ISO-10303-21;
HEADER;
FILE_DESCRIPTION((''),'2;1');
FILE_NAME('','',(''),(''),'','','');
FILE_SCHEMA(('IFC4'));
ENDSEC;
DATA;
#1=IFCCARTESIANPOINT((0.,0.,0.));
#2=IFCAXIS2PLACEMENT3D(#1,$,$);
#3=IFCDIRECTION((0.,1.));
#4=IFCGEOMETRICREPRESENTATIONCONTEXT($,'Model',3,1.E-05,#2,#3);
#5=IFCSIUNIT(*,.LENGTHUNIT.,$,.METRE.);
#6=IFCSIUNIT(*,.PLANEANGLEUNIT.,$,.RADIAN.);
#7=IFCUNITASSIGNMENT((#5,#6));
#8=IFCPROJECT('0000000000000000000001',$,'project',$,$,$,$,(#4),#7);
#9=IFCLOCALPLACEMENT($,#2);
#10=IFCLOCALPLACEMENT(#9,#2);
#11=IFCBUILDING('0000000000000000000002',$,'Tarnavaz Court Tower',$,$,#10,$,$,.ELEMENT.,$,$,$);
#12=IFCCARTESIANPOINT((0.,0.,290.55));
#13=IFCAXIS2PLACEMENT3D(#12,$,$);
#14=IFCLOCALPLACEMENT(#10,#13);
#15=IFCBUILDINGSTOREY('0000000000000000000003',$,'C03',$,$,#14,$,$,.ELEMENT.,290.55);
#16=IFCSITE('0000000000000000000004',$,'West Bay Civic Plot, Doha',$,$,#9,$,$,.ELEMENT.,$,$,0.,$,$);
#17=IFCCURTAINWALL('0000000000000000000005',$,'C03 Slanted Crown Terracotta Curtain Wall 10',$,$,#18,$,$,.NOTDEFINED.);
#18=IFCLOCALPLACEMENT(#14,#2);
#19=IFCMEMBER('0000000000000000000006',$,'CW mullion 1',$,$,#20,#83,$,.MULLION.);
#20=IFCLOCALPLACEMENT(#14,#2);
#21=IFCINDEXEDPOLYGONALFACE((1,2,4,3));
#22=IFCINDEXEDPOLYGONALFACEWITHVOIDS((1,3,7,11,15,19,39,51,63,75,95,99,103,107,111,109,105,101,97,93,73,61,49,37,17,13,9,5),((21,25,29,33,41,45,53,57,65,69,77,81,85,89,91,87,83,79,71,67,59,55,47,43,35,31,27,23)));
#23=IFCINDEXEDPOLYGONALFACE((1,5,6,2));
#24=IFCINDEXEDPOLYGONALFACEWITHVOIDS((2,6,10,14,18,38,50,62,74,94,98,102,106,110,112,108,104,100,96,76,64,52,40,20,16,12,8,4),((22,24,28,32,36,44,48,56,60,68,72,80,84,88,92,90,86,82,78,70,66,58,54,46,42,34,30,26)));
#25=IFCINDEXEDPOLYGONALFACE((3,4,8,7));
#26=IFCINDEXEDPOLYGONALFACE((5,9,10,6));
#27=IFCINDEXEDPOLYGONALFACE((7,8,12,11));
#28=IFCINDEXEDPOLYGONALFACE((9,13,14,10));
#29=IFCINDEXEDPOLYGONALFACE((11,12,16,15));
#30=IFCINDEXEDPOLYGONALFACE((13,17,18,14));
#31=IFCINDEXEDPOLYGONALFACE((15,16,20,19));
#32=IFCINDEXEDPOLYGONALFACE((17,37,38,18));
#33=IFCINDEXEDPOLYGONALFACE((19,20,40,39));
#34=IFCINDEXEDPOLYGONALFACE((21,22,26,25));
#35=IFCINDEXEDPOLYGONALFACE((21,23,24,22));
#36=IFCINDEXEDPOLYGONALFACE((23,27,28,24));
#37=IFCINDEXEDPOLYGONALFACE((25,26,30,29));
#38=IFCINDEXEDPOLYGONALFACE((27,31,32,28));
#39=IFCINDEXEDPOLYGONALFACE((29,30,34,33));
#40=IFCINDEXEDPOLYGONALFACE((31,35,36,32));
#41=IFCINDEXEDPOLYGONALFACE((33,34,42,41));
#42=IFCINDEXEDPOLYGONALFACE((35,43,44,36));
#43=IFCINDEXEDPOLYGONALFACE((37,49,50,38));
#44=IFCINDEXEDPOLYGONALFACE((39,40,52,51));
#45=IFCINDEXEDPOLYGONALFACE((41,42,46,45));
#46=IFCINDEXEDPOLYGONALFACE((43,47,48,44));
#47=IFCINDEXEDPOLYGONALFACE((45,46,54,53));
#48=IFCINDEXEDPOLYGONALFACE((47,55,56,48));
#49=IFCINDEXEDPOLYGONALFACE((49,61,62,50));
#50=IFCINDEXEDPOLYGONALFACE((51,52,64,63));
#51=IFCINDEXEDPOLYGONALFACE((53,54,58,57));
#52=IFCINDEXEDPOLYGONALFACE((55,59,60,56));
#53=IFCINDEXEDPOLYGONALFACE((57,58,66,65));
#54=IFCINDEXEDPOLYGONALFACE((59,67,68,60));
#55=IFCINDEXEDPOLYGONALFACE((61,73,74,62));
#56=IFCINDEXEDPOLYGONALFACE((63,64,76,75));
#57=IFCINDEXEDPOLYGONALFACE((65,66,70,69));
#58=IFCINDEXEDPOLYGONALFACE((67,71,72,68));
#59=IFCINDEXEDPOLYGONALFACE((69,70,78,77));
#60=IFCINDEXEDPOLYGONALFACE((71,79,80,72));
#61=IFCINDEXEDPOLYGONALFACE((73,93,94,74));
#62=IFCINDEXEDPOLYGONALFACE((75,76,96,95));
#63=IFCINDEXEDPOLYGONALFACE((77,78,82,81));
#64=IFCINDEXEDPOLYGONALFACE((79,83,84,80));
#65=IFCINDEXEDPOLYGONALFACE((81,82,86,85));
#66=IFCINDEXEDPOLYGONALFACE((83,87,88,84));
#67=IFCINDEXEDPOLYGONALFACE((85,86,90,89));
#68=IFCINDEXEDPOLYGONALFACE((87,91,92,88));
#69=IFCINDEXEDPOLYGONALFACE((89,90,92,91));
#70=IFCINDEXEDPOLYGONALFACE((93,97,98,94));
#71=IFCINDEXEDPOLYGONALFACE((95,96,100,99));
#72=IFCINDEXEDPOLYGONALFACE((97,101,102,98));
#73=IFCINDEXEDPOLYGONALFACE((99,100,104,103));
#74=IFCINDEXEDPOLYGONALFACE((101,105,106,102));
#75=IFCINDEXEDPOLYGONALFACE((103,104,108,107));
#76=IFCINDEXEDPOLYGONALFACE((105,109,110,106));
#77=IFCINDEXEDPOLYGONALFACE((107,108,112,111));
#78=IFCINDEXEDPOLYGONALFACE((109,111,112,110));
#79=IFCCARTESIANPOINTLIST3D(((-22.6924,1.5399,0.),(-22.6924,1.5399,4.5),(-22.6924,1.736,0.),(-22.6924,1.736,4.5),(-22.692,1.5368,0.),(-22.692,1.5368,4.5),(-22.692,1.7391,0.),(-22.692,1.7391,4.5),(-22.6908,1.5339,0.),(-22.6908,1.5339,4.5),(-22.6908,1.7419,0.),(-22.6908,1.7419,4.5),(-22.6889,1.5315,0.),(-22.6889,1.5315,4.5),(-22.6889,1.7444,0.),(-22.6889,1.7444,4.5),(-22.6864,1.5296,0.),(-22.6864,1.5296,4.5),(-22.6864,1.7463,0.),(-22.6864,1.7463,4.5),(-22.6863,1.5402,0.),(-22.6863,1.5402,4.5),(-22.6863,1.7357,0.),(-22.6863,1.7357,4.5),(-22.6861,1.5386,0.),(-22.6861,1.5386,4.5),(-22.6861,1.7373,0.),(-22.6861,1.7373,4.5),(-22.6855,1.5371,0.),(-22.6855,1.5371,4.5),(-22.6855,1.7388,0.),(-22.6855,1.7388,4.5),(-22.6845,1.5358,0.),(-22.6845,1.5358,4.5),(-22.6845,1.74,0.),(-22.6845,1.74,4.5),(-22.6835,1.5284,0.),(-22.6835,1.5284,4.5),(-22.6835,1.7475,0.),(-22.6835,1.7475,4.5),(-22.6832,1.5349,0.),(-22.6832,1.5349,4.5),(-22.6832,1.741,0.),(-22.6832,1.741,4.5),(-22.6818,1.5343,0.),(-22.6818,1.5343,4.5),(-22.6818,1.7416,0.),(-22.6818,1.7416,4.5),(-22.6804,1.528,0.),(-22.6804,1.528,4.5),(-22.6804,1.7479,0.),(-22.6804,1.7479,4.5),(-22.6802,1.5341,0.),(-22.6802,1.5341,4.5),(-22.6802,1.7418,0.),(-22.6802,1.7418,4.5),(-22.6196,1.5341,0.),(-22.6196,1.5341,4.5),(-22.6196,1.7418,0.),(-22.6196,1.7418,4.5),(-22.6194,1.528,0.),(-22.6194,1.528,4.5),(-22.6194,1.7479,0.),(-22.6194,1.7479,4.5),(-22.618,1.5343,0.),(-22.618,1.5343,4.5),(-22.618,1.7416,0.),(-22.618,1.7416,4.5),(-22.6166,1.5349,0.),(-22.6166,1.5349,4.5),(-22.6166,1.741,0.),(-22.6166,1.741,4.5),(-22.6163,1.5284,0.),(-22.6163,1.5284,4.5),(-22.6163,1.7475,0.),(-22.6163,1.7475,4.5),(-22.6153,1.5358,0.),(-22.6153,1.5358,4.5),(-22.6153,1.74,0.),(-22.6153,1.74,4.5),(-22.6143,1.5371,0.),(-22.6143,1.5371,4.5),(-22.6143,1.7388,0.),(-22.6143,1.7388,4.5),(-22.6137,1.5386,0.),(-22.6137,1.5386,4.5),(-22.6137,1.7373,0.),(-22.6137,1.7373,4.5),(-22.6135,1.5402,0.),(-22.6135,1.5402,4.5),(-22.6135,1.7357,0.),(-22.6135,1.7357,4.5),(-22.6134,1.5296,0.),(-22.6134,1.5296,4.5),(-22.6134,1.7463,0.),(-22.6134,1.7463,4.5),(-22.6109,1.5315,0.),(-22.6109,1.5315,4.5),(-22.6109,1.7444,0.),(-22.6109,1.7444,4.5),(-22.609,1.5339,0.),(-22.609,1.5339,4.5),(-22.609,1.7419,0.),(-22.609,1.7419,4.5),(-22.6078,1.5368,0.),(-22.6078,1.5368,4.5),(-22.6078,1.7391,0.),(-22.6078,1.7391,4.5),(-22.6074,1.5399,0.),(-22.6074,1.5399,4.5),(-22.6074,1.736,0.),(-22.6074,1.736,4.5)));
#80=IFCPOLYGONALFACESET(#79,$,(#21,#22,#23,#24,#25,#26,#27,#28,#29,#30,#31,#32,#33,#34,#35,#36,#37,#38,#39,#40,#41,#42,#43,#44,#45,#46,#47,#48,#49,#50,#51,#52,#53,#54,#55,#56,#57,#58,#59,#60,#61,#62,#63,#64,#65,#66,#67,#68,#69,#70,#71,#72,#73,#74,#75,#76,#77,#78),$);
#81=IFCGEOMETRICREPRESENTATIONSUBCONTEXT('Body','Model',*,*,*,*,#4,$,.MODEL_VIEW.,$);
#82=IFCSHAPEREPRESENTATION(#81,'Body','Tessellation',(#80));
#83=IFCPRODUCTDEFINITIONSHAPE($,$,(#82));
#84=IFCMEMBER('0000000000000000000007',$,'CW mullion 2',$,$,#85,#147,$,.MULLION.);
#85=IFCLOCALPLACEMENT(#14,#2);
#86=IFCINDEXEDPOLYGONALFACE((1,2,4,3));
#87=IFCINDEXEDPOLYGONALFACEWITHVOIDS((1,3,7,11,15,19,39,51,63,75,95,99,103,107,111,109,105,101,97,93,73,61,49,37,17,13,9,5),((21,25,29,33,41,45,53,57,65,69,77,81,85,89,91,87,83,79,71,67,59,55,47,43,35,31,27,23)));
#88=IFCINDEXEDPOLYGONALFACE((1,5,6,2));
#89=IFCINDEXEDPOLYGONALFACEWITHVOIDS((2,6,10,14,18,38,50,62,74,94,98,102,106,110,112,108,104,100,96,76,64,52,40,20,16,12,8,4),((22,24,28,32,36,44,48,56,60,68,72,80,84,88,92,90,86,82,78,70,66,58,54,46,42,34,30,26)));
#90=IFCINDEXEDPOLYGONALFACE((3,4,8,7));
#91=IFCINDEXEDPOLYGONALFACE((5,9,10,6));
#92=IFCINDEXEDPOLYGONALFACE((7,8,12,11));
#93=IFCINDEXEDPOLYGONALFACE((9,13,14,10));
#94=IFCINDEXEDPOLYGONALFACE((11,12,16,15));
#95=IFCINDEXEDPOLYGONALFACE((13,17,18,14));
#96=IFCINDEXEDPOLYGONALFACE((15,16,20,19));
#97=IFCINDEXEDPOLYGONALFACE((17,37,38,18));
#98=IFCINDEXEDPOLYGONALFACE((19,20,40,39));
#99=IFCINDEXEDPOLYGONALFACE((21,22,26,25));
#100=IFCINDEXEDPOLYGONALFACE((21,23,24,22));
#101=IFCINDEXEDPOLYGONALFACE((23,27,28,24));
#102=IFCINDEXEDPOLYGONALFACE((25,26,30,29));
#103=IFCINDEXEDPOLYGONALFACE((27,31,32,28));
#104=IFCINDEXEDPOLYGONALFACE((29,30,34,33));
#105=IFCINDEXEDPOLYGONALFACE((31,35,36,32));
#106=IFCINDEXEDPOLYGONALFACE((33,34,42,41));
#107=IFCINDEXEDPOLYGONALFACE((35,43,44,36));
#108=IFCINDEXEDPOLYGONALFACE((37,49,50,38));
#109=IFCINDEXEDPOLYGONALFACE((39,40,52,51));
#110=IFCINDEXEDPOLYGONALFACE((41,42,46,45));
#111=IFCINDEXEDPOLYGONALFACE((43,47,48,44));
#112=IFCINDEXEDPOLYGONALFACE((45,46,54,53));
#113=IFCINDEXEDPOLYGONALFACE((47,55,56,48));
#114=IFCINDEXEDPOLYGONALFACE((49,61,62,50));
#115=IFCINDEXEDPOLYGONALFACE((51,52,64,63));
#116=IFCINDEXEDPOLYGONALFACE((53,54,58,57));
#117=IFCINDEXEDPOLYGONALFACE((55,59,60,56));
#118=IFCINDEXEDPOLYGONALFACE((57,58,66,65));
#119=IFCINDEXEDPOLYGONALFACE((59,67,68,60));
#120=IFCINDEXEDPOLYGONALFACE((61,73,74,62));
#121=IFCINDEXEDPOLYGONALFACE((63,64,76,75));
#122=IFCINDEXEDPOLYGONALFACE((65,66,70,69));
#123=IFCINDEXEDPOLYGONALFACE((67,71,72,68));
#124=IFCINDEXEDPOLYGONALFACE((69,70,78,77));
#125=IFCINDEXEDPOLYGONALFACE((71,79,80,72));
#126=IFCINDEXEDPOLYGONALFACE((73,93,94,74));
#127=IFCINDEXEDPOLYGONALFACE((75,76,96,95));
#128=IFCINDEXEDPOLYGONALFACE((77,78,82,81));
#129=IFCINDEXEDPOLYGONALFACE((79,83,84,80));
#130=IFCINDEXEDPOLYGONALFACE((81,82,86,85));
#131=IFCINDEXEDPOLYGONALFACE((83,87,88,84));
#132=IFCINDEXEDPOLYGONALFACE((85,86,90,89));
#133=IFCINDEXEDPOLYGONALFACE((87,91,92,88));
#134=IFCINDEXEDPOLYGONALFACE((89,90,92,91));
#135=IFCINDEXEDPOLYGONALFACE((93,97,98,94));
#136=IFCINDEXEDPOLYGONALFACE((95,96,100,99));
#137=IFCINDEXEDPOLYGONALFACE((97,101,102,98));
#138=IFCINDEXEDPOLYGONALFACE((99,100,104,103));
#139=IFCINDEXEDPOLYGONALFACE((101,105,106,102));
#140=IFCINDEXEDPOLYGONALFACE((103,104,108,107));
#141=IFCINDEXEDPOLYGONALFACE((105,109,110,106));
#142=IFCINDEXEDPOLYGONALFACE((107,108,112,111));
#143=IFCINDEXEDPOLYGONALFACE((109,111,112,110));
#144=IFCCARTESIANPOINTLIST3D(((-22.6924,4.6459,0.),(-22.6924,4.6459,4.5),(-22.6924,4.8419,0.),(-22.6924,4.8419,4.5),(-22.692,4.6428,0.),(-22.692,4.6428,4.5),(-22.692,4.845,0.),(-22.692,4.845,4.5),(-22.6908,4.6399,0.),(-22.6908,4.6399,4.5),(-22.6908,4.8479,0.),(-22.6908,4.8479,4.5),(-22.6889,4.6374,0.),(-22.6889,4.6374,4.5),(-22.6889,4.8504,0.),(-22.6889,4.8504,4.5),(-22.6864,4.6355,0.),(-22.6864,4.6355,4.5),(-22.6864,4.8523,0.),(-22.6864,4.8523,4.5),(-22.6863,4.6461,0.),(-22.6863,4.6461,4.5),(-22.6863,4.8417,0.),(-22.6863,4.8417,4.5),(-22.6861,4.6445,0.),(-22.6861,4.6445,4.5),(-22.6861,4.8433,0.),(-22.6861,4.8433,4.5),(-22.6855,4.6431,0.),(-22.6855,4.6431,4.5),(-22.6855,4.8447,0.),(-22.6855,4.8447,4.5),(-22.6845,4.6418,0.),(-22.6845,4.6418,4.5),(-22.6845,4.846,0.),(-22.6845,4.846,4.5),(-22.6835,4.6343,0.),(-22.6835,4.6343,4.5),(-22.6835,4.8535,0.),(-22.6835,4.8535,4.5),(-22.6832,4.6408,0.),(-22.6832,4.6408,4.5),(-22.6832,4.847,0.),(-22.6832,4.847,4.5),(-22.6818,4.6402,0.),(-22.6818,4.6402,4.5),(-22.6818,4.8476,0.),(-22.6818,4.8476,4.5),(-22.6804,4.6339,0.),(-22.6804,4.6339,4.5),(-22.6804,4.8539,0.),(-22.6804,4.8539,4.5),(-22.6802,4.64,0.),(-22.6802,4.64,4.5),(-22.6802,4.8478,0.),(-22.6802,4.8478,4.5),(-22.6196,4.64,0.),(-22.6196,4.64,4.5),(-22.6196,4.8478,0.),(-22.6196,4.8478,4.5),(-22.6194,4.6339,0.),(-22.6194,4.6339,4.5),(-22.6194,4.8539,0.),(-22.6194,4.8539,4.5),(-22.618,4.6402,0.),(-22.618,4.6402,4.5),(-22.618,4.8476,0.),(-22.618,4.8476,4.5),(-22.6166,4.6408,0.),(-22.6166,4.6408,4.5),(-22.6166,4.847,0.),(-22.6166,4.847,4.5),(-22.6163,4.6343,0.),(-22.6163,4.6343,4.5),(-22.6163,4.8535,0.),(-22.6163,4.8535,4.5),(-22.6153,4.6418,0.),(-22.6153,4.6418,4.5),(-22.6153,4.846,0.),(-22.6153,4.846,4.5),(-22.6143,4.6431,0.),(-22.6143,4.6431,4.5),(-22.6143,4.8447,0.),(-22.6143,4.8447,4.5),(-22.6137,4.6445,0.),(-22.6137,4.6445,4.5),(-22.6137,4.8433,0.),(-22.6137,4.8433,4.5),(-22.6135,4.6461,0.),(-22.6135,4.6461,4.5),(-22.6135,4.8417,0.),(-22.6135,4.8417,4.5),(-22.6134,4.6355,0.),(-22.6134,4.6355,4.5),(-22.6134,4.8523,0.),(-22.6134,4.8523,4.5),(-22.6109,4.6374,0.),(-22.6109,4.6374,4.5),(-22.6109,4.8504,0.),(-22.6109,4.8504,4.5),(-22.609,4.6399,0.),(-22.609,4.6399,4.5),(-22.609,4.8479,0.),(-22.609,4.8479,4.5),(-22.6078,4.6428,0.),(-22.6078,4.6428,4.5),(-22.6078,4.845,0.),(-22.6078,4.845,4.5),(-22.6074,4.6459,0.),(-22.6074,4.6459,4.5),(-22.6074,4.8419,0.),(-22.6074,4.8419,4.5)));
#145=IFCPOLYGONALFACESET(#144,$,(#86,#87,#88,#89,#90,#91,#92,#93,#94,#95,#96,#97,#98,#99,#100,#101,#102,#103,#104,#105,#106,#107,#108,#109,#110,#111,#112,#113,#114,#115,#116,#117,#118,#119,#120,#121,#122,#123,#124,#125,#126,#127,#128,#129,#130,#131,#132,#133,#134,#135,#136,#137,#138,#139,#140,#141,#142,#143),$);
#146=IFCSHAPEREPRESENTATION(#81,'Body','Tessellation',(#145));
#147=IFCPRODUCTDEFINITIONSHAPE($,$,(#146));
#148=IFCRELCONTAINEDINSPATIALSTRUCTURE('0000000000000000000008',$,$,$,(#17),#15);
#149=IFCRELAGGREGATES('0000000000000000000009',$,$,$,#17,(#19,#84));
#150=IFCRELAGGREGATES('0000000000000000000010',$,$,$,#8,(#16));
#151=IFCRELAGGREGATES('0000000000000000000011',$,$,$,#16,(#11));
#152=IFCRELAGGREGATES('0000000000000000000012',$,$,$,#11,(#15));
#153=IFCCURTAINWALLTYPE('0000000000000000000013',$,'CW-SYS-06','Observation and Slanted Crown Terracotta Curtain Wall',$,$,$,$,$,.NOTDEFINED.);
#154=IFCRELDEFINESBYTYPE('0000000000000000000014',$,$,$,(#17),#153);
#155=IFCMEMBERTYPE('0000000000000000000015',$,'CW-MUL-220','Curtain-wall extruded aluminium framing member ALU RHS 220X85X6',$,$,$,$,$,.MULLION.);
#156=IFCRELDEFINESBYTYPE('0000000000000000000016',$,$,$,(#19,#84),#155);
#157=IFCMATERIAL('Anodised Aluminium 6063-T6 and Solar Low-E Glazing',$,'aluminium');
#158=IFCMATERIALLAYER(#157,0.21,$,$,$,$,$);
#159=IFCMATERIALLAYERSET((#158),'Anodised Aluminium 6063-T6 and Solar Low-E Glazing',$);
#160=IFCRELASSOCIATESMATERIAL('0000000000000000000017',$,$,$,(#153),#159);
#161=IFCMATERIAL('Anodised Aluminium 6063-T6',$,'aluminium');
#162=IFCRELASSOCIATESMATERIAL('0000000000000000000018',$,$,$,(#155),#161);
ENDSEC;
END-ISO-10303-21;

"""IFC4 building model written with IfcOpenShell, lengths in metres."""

from ifc_helpers import new_model, si_unit, direction, frame, origin, origin_2d, place, context, subcontext, project, spatial, hollow_rectangle, extrude, material, layer, layer_set, material_profile, profile_set, type_object, element, aggregate, save


model = new_model("IFC4")

# Units and contexts
model_context = context("Model", 3, precision=1e-05, world=origin(), true_north=direction((0.0, 1.0)))
body_context = subcontext(model_context, "Body", "Model", "MODEL_VIEW")
ifc_project = project(units=[si_unit("LENGTHUNIT", "METRE"), si_unit("PLANEANGLEUNIT", "RADIAN")], contexts=[model_context])

# Site, building, storey
site_placement = place(None, origin())
site = spatial("IfcSite", under=ifc_project, at=site_placement, Name="West Bay Civic Plot, Doha", CompositionType="ELEMENT", RefElevation=0.0)
building_placement = place(site_placement, origin())
building = spatial("IfcBuilding", under=site, at=building_placement, Name="Tarnavaz Court Tower", CompositionType="ELEMENT")
storey_placement = place(building_placement, frame((0.0, 0.0, 290.55)))
storey = spatial("IfcBuildingStorey", under=building, at=storey_placement, Name="C03", CompositionType="ELEMENT", Elevation=290.55)

# Shared definitions
ifc_material_1 = material(Name="Anodised Aluminium 6063-T6 and Solar Low-E Glazing", Category="aluminium")
ifc_layer_1 = layer(ifc_material_1, 0.21)
ifc_layer_set_1 = layer_set([ifc_layer_1], Name="Anodised Aluminium 6063-T6 and Solar Low-E Glazing")
curtain_wall_type = type_object("IfcCurtainWallType", Name="CW-SYS-06", Description="Observation and Slanted Crown Terracotta Curtain Wall", PredefinedType="NOTDEFINED", material=ifc_layer_set_1)
ifc_material_2 = material(Name="Anodised Aluminium 6063-T6", Category="aluminium")
ifc_material_profile_1 = material_profile(ifc_material_2, hollow_rectangle(XDim=0.085, YDim=0.22, WallThickness=0.0061, InnerFilletRadius=0.0061, OuterFilletRadius=0.012, at=origin_2d()), Name="ALU RHS 220X85X6")
ifc_profile_set_1 = profile_set([ifc_material_profile_1], Name="Anodised Aluminium 6063-T6")
member_type_1 = type_object("IfcMemberType", Name="CW-MUL-220", Description="Curtain-wall extruded aluminium framing member ALU RHS 220X85X6", PredefinedType="MULLION", material=ifc_profile_set_1)

# Curtain wall, members
curtain_wall_1_placement = place(storey_placement, origin())
curtain_wall_1 = element("IfcCurtainWall", 1, at=curtain_wall_1_placement, inside=storey, type_object=curtain_wall_type, Name="C03 Slanted Crown Terracotta Curtain Wall 10", PredefinedType="NOTDEFINED")
member_1_placement = place(storey_placement, frame((-22.6499, 1.6379, 0.0), z_axis=(0.0, 0.0, 1.0), x_axis=(-1.0, 0.0, 0.0)))
member_1 = element("IfcMember", 2, at=member_1_placement, type_object=member_type_1, Name="CW mullion 1", PredefinedType="MULLION", context=body_context, shape_type="SweptSolid", body=[
    extrude(hollow_rectangle(XDim=0.085, YDim=0.22, WallThickness=0.0061, InnerFilletRadius=0.0061, OuterFilletRadius=0.012, at=origin_2d()), origin(), (0.0, 0.0, 1.0), 4.5),
])
member_2_placement = place(storey_placement, frame((-22.6499, 4.7439, 0.0), z_axis=(0.0, 0.0, 1.0), x_axis=(-1.0, 0.0, 0.0)))
member_2 = element("IfcMember", 3, at=member_2_placement, type_object=member_type_1, Name="CW mullion 2", PredefinedType="MULLION", context=body_context, shape_type="SweptSolid", body=[
    extrude(hollow_rectangle(XDim=0.085, YDim=0.22, WallThickness=0.0061, InnerFilletRadius=0.0061, OuterFilletRadius=0.012, at=origin_2d()), origin(), (0.0, 0.0, 1.0), 4.5),
])

aggregate(curtain_wall_1, [member_1, member_2])

save(model, "model.ifc")
